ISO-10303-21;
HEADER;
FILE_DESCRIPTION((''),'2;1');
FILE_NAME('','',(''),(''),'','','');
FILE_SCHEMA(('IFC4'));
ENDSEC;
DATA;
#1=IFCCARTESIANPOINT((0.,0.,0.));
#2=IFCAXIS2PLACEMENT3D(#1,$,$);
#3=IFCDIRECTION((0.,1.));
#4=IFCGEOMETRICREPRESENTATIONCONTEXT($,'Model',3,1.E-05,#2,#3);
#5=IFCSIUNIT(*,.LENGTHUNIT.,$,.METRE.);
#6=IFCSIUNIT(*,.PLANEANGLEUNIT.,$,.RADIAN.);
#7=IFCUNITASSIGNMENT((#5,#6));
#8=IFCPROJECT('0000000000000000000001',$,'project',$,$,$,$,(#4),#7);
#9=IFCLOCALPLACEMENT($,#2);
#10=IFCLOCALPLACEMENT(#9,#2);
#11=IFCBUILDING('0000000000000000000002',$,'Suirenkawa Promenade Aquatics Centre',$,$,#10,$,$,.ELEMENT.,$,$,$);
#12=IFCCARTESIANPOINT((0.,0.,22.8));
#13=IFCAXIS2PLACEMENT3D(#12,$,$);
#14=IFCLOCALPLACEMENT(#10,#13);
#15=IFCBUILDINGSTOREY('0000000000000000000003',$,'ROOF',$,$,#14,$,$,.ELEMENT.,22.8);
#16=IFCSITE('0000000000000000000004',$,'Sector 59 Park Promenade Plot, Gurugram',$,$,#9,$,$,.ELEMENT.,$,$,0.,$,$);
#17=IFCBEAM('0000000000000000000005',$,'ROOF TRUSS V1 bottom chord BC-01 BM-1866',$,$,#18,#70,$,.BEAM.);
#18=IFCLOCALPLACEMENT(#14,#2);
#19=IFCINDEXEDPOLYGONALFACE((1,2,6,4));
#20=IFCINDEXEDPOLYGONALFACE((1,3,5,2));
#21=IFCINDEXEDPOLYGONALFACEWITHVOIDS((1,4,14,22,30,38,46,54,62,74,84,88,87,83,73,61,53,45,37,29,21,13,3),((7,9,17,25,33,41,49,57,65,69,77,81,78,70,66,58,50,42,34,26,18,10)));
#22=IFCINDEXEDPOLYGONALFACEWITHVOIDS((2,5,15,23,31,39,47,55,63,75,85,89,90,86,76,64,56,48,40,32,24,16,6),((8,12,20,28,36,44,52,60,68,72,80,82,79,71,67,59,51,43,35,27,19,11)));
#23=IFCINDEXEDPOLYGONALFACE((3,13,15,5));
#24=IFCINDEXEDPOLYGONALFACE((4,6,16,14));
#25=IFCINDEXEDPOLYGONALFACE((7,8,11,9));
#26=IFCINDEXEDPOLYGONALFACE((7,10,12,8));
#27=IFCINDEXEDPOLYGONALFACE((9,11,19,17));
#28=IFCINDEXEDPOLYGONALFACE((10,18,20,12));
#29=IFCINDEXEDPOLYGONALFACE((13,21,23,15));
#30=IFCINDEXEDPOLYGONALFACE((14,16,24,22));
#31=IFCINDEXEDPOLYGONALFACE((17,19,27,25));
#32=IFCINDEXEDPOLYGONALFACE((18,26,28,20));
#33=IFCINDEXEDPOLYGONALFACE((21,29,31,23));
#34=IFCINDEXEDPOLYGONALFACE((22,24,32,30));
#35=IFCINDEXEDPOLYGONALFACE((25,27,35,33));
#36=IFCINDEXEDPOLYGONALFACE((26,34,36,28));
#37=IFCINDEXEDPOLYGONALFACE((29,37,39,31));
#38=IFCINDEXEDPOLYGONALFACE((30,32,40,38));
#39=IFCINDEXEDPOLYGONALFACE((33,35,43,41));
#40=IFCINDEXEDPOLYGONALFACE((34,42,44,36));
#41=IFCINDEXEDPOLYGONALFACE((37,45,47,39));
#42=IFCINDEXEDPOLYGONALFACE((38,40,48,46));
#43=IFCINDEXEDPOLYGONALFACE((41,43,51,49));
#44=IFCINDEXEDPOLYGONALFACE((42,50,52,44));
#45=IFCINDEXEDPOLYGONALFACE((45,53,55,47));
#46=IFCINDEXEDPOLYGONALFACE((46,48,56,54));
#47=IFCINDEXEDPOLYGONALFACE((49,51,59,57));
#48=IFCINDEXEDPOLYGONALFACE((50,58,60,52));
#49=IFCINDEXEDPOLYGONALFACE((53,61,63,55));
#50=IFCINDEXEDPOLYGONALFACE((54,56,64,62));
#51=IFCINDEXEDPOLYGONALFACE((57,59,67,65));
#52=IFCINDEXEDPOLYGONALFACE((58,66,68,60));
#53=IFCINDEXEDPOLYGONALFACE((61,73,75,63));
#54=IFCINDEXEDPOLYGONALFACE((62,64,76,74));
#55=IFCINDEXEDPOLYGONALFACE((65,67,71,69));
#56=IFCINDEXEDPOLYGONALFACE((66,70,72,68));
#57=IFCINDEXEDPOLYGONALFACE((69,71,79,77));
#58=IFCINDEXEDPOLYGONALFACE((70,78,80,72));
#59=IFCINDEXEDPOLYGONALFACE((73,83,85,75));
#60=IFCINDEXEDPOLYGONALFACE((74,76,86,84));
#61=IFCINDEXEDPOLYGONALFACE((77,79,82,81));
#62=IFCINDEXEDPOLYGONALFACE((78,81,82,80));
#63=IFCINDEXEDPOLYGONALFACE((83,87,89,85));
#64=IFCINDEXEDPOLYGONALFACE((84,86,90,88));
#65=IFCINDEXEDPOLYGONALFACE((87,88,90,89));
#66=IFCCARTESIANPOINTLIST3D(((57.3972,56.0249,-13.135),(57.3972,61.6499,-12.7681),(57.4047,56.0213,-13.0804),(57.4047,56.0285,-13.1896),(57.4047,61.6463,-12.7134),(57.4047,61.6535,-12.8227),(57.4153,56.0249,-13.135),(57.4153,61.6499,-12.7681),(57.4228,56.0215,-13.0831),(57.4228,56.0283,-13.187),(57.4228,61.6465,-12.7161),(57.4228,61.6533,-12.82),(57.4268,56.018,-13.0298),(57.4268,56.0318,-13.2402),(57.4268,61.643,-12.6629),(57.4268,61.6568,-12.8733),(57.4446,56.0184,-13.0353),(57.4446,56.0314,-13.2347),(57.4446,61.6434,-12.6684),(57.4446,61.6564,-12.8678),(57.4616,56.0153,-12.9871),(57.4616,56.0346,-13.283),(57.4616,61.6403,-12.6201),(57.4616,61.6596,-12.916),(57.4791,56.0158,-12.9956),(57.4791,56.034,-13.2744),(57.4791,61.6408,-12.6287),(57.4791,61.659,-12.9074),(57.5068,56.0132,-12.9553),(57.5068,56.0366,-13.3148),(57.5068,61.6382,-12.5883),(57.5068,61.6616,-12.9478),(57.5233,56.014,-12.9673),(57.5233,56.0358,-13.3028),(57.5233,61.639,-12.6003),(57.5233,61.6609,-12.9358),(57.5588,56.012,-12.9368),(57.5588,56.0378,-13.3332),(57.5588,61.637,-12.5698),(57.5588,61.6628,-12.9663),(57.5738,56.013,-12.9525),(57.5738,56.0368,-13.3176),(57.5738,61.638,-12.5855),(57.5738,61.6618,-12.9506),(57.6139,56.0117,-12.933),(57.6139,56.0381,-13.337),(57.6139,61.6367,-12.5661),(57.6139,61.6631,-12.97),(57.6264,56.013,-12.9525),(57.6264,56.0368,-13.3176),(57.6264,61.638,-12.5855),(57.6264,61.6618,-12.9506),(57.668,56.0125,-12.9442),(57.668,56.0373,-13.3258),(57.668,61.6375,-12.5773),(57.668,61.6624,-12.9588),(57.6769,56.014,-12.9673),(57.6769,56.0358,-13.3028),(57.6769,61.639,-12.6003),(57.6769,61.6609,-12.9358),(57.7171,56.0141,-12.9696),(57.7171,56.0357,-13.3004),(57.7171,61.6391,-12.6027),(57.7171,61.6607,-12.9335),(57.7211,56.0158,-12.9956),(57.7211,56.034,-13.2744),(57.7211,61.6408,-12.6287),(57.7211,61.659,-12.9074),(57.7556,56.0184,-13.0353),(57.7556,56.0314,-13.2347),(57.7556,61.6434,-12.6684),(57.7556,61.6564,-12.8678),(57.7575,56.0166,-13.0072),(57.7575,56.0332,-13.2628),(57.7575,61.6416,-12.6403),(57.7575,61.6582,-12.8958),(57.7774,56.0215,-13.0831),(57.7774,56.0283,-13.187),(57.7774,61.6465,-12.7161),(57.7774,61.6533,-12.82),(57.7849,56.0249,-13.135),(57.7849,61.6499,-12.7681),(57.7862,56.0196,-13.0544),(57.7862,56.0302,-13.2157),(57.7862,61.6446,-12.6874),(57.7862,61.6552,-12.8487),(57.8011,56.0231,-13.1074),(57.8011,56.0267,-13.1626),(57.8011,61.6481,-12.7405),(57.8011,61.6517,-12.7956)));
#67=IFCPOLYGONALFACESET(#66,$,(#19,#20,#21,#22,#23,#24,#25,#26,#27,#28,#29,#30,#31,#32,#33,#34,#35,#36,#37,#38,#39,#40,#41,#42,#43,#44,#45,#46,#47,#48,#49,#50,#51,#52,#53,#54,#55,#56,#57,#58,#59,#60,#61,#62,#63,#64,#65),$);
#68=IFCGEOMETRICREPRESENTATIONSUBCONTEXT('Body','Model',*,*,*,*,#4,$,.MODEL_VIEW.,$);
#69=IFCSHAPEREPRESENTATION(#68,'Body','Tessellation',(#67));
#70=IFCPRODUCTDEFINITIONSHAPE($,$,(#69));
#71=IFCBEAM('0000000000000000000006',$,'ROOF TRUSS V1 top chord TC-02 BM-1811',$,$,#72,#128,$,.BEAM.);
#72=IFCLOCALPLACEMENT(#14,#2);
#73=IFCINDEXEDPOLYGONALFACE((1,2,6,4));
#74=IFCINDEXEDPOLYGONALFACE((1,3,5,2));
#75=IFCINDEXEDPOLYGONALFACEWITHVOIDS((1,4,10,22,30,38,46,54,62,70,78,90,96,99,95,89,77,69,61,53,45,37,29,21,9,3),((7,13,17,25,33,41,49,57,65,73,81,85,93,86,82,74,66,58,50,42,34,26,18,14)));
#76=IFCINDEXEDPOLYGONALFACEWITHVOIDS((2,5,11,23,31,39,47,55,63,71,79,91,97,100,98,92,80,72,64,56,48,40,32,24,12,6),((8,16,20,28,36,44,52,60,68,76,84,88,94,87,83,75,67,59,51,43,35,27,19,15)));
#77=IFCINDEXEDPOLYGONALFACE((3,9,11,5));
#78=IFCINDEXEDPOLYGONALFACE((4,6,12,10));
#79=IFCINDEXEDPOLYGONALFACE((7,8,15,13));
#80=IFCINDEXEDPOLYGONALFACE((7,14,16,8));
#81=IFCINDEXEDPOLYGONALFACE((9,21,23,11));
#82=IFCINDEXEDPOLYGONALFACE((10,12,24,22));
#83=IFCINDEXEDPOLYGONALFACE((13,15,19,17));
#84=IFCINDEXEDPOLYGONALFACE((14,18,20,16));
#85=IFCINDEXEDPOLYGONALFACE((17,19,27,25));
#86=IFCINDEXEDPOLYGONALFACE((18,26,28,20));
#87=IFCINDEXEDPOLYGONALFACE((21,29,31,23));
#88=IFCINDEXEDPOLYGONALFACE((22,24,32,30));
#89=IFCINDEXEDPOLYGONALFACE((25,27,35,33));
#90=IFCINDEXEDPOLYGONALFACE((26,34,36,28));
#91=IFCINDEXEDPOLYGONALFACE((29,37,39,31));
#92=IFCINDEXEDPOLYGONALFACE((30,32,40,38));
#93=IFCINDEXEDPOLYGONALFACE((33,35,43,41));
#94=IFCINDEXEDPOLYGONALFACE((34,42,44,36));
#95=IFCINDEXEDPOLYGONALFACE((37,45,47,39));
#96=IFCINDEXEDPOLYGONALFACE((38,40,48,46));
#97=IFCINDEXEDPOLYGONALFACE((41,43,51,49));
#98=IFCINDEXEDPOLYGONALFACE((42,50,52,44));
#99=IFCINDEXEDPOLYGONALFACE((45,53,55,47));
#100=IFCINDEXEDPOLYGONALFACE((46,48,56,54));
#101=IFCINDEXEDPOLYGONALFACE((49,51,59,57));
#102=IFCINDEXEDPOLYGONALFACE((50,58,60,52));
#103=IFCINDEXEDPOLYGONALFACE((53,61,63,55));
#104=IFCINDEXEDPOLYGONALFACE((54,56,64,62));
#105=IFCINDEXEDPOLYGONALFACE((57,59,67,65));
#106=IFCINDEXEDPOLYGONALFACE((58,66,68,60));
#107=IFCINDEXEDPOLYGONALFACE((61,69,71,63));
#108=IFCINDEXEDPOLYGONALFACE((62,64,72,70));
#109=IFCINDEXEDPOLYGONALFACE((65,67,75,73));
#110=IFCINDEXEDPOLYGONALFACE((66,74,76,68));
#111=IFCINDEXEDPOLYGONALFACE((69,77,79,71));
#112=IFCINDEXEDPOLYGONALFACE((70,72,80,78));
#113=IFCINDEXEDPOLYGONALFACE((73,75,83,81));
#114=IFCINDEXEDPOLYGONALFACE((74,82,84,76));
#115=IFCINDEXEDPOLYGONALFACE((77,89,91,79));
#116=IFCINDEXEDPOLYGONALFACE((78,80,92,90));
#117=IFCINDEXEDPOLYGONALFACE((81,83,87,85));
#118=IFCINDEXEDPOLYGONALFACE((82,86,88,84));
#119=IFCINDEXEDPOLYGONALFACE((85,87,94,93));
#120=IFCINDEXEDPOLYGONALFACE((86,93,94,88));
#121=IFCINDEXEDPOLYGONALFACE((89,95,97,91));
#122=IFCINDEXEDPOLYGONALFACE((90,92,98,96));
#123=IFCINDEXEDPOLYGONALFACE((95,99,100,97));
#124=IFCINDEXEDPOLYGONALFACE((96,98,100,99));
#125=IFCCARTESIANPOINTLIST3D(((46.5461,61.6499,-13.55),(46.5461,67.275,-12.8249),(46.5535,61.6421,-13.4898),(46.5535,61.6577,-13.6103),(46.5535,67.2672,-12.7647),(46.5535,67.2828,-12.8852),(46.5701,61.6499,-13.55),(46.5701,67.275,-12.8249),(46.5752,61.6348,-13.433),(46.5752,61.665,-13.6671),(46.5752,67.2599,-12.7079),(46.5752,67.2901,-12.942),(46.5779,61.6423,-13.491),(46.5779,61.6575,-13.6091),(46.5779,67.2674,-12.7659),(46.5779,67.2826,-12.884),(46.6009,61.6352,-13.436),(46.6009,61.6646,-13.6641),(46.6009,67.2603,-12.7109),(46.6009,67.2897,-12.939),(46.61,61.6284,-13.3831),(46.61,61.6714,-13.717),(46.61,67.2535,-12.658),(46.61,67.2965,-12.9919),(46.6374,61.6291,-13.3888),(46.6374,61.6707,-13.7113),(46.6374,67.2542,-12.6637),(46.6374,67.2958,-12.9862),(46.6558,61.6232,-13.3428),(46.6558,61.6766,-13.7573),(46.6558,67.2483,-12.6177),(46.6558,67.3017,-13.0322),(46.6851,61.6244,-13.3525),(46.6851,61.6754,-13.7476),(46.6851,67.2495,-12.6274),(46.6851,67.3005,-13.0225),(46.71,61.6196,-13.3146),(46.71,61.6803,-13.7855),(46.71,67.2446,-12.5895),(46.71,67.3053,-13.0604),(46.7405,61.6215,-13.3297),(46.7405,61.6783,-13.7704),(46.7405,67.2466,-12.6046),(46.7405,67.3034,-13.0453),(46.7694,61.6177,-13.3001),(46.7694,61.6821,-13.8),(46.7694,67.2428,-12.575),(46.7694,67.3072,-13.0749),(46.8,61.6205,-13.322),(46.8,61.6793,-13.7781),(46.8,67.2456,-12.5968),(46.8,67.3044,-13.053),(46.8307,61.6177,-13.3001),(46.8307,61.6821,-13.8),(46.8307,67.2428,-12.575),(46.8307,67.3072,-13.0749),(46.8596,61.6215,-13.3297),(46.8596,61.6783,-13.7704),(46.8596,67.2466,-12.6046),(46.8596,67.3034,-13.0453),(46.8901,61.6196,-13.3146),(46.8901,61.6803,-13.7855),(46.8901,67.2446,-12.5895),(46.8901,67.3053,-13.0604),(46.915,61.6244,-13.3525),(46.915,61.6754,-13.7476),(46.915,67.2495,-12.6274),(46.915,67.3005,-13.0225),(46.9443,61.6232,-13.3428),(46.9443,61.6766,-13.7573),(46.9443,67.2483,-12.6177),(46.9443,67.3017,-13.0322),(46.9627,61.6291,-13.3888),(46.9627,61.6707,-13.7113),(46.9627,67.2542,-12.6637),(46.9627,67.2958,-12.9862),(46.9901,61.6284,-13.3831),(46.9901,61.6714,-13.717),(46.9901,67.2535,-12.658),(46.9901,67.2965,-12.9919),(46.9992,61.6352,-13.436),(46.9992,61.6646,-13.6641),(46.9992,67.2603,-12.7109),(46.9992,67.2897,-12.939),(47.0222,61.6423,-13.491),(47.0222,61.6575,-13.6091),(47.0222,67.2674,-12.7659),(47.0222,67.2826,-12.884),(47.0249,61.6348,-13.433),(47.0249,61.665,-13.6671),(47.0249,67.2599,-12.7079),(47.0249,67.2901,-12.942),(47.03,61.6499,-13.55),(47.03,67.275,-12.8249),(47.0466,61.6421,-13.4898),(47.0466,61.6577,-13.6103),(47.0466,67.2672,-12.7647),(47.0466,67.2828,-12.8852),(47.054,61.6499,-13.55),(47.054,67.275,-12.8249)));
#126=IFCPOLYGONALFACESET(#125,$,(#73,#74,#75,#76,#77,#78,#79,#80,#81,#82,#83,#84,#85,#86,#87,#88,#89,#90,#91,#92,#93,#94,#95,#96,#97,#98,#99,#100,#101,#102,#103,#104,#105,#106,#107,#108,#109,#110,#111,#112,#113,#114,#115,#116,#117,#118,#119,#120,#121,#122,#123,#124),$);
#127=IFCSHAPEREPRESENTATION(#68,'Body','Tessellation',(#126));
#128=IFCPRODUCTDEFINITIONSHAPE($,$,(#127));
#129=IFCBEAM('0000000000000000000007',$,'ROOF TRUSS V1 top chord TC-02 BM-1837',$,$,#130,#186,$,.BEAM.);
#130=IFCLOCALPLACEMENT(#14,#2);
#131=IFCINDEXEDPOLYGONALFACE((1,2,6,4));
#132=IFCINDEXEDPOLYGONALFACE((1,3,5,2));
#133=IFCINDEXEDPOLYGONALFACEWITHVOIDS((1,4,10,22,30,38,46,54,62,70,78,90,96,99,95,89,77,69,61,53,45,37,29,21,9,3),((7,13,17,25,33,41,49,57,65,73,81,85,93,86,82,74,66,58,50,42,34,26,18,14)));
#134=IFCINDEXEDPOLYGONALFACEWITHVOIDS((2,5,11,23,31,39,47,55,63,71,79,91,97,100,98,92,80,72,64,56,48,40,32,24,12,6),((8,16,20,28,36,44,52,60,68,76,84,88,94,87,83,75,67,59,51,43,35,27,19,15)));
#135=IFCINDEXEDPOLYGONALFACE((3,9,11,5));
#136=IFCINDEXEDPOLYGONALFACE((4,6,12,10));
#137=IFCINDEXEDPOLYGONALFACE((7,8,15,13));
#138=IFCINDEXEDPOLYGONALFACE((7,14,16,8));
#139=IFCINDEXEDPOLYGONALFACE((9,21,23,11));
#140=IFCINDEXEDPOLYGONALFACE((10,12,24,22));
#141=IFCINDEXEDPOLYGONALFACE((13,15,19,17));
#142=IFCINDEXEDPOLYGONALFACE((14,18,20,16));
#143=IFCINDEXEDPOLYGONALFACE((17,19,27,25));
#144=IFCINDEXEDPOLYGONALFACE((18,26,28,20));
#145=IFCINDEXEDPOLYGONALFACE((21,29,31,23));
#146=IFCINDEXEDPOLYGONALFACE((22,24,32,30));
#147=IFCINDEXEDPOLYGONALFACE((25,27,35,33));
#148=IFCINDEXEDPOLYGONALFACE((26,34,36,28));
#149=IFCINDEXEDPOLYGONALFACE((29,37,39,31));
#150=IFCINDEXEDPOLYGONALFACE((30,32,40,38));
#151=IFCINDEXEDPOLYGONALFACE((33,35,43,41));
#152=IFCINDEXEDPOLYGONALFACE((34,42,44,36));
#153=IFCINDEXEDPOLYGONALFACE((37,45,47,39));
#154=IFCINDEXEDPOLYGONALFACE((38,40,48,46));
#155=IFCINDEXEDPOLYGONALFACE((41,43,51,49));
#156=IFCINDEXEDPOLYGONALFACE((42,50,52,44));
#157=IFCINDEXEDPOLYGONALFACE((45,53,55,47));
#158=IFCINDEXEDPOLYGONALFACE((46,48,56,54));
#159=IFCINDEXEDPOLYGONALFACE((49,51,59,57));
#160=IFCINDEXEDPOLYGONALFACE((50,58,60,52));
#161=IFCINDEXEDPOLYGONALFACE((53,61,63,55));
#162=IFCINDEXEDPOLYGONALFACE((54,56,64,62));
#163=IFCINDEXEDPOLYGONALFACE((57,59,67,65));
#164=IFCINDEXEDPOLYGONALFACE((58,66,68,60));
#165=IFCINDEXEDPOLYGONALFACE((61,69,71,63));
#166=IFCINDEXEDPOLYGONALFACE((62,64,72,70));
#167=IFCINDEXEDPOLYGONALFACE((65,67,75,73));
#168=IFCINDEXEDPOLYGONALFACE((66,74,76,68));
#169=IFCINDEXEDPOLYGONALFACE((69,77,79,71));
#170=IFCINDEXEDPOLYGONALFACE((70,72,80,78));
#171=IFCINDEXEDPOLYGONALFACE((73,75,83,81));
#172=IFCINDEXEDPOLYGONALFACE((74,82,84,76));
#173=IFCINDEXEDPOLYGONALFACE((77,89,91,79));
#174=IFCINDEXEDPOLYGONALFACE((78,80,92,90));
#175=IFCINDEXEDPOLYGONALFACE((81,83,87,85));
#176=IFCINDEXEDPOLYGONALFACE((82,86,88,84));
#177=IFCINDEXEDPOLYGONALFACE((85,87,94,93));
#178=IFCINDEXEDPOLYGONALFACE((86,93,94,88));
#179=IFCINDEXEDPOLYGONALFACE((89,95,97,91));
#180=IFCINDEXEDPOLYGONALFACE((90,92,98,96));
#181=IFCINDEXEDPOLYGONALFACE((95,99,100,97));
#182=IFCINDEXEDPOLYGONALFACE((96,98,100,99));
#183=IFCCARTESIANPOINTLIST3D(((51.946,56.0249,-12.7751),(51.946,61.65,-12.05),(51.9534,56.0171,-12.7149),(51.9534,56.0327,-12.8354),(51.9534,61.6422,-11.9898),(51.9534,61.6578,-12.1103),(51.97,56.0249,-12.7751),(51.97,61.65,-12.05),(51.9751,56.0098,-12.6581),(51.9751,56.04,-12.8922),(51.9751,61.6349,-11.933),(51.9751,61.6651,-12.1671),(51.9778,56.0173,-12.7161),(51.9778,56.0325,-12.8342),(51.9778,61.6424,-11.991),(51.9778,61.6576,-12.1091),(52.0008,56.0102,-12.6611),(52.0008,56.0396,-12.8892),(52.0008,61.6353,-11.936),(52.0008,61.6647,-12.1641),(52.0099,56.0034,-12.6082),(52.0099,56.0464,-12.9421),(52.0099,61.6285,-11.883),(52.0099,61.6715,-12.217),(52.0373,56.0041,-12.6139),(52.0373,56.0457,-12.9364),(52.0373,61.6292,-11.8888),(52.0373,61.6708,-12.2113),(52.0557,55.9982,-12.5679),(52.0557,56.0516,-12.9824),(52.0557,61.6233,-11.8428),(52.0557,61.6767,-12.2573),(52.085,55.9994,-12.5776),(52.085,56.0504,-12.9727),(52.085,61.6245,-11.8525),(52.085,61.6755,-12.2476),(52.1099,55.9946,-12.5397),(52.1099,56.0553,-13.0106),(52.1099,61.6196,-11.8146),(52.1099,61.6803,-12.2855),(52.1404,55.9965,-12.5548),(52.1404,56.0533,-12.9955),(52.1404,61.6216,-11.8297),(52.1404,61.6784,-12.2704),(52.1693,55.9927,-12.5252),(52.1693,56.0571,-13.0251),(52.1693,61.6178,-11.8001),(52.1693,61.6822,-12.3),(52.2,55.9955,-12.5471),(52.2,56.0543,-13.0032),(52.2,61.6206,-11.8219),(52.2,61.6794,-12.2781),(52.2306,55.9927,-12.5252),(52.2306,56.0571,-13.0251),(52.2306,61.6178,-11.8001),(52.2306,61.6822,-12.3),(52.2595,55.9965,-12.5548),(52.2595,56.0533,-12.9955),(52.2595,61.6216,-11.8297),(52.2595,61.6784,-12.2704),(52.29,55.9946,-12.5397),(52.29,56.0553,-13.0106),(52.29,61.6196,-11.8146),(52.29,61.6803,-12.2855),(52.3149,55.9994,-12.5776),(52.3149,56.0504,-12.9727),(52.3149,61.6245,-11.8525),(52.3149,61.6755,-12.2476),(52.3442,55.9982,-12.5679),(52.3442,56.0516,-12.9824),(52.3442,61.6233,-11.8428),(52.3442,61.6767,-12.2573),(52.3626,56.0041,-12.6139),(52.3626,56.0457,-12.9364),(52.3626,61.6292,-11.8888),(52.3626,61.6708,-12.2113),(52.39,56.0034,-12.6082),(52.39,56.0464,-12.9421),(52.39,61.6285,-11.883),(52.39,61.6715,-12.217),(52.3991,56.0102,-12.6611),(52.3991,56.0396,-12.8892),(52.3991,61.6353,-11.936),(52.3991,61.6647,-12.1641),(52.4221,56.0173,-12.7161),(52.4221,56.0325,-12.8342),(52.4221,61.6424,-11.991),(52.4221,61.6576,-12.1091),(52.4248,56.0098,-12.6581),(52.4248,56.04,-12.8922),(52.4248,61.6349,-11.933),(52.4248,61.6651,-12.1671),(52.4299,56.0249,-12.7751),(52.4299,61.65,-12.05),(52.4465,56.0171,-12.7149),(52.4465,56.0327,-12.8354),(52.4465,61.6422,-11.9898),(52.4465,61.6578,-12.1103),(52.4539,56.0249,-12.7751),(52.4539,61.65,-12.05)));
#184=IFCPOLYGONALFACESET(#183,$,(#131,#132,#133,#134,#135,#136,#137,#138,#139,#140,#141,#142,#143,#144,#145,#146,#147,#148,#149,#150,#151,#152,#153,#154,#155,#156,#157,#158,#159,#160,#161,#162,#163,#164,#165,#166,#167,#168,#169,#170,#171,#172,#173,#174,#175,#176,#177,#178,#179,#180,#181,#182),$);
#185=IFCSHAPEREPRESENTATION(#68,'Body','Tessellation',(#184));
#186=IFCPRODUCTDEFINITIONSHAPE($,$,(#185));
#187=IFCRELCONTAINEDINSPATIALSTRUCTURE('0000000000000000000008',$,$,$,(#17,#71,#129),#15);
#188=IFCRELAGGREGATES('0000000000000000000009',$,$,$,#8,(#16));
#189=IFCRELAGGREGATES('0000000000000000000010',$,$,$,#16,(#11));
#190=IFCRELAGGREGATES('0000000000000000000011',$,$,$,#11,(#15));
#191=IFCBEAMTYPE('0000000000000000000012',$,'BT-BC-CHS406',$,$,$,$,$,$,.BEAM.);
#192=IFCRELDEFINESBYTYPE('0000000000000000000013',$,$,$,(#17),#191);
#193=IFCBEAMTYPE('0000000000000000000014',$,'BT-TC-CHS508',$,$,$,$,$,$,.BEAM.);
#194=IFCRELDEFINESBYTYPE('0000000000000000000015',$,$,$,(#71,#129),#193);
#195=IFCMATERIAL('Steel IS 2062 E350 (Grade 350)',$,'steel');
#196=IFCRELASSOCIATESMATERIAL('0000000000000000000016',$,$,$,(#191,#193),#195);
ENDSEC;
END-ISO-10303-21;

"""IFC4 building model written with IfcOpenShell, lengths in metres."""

from ifc_helpers import new_model, si_unit, direction, frame, origin, origin_2d, place, context, subcontext, project, spatial, hollow_circle, extrude, material, material_profile, profile_set, type_object, element, save


model = new_model("IFC4")

# Units and contexts
model_context = context("Model", 3, precision=1e-05, world=origin(), true_north=direction((0.0, 1.0)))
body_context = subcontext(model_context, "Body", "Model", "MODEL_VIEW")
ifc_project = project(units=[si_unit("LENGTHUNIT", "METRE"), si_unit("PLANEANGLEUNIT", "RADIAN")], contexts=[model_context])

# Site, building, storey
site_placement = place(None, origin())
site = spatial("IfcSite", under=ifc_project, at=site_placement, Name="Sector 59 Park Promenade Plot, Gurugram", CompositionType="ELEMENT", RefElevation=0.0)
building_placement = place(site_placement, origin())
building = spatial("IfcBuilding", under=site, at=building_placement, Name="Suirenkawa Promenade Aquatics Centre", CompositionType="ELEMENT")
storey_placement = place(building_placement, frame((0.0, 0.0, 22.8)))
storey = spatial("IfcBuildingStorey", under=building, at=storey_placement, Name="ROOF", CompositionType="ELEMENT", Elevation=22.8)

# Beams
ifc_material = material(Name="Steel IS 2062 E350 (Grade 350)", Category="steel")
ifc_material_profile_1 = material_profile(ifc_material, hollow_circle(Radius=0.2029, WallThickness=0.0181, at=origin_2d()), Name="CHS 406x18", Category="steel")
ifc_profile_set_1 = profile_set([ifc_material_profile_1], Name="Steel IS 2062 E350 (Grade 350)")
beam_type_1 = type_object("IfcBeamType", Name="BT-BC-CHS406", PredefinedType="BEAM", material=ifc_profile_set_1)
beam_1_placement = place(storey_placement, frame((57.6001, 56.0249, -13.135), z_axis=(0.0, 0.997879, 0.065096), x_axis=(-1.0, 0.0, 0.0)))
element("IfcBeam", 1, at=beam_1_placement, inside=storey, type_object=beam_type_1, Name="ROOF TRUSS V1 bottom chord BC-01 BM-1866", PredefinedType="BEAM", context=body_context, shape_type="SweptSolid", body=[
    extrude(hollow_circle(Radius=0.2029, WallThickness=0.0181, at=origin_2d()), origin(), (0.0, 0.0, 1.0), 5.637),
])
ifc_material_profile_2 = material_profile(ifc_material, hollow_circle(Radius=0.2539, WallThickness=0.0239, at=origin_2d()), Name="CHS 508x24", Category="steel")
ifc_profile_set_2 = profile_set([ifc_material_profile_2], Name="Steel IS 2062 E350 (Grade 350)")
beam_type_2 = type_object("IfcBeamType", Name="BT-TC-CHS508", PredefinedType="BEAM", material=ifc_profile_set_2)
for number, where, z_axis, x_axis, name in (
    (2, (46.8, 61.6499, -13.55), (0.0, 0.991794, 0.127848), (-1.0, 0.0, 0.0), "ROOF TRUSS V1 top chord TC-02 BM-1811"),
    (3, (52.2, 56.0249, -12.7751), (0.0, 0.991794, 0.127848), (-1.0, 0.0, 0.0), "ROOF TRUSS V1 top chord TC-02 BM-1837"),
):
    element("IfcBeam", number, at=place(storey_placement, frame(where, z_axis=z_axis, x_axis=x_axis)), inside=storey, type_object=beam_type_2, Name=name, PredefinedType="BEAM", context=body_context, shape_type="SweptSolid", body=[
        extrude(hollow_circle(Radius=0.2539, WallThickness=0.0239, at=origin_2d()), origin(), (0.0, 0.0, 1.0), 5.6716),
    ])

save(model, "model.ifc")
